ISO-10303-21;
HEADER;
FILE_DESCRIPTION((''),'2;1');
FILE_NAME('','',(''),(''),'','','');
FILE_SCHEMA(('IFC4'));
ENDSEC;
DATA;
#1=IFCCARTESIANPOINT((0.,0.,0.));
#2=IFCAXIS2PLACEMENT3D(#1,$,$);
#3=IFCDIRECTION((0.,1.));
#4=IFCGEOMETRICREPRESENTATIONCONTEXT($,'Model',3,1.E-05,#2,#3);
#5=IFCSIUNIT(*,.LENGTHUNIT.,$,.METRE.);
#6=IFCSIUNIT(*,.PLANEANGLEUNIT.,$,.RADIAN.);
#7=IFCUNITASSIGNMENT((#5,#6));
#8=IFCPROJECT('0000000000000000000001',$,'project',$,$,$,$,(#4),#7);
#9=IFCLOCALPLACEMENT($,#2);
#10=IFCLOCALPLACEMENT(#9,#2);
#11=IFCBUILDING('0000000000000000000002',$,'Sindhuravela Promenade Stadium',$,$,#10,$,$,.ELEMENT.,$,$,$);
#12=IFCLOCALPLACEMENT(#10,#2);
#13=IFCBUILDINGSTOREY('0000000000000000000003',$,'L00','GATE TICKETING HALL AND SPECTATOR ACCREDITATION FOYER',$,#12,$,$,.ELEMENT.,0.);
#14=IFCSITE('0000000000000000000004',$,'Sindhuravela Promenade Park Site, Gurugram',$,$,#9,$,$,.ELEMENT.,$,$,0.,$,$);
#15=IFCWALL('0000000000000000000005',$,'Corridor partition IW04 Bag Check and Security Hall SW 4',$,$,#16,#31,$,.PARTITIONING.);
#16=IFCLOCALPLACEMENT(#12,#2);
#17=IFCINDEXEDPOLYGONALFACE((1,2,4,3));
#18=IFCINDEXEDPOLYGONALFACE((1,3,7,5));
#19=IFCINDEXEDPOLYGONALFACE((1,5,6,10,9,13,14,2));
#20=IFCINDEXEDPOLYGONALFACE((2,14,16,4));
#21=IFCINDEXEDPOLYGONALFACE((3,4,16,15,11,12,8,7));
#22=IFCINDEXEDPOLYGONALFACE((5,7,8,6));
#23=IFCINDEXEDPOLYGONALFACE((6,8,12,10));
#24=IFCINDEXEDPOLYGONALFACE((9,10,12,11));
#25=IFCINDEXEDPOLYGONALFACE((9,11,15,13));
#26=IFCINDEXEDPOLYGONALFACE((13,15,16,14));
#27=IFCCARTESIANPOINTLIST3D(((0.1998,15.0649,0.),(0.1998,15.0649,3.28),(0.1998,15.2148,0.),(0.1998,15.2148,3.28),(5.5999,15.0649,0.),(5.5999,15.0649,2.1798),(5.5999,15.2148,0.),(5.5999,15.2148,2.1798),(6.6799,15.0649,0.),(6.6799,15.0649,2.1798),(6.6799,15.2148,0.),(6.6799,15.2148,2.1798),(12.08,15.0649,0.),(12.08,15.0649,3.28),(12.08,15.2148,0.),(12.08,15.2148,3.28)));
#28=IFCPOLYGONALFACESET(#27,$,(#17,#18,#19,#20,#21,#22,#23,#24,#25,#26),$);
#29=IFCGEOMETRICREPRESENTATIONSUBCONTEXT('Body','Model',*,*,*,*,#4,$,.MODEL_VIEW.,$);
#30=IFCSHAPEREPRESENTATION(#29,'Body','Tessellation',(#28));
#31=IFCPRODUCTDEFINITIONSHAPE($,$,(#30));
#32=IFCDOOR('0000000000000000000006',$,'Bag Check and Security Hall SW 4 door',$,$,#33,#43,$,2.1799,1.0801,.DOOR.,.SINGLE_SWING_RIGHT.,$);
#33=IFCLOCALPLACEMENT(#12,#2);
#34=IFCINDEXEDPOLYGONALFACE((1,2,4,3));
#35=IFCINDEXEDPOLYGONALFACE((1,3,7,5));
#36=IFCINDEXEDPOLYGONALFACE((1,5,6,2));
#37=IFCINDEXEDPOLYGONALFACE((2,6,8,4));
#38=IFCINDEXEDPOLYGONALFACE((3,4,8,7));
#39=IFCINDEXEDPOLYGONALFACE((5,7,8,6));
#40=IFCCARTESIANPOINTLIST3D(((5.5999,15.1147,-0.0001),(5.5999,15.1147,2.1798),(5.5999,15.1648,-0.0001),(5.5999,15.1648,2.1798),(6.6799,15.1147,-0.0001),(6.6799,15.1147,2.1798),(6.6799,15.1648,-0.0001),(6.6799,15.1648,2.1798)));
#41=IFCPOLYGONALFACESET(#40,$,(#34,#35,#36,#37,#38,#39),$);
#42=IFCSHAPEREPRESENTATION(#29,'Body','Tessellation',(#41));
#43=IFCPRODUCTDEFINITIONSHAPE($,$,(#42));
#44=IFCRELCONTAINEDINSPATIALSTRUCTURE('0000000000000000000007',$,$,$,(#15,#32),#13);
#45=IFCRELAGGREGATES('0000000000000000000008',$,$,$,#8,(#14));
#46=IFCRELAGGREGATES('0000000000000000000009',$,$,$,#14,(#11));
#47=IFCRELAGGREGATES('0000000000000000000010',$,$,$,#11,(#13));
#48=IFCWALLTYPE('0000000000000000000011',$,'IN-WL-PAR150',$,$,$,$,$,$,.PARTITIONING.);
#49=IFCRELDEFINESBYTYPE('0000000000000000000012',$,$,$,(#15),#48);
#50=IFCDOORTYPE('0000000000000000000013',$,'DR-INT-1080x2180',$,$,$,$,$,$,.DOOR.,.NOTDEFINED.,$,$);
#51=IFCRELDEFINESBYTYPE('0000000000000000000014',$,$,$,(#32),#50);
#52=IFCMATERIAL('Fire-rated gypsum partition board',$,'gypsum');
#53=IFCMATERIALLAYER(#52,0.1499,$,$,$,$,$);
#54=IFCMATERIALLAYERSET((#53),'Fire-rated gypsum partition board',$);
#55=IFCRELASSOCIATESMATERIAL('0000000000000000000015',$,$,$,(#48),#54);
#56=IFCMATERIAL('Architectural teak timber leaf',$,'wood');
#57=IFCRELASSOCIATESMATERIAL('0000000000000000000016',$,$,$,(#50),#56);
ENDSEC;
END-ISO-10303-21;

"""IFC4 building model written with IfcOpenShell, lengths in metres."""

from ifc_helpers import new_model, si_unit, direction, frame, frame_2d, origin, place, context, subcontext, project, spatial, rectangle, extrude, material, layer, layer_set, type_object, element, fill, save


model = new_model("IFC4")

# Units and contexts
model_context = context("Model", 3, precision=1e-05, world=origin(), true_north=direction((0.0, 1.0)))
body_context = subcontext(model_context, "Body", "Model", "MODEL_VIEW")
ifc_project = project(units=[si_unit("LENGTHUNIT", "METRE"), si_unit("PLANEANGLEUNIT", "RADIAN")], contexts=[model_context])

# Site, building, storey
site_placement = place(None, origin())
site = spatial("IfcSite", under=ifc_project, at=site_placement, Name="Sindhuravela Promenade Park Site, Gurugram", CompositionType="ELEMENT", RefElevation=0.0)
building_placement = place(site_placement, origin())
building = spatial("IfcBuilding", under=site, at=building_placement, Name="Sindhuravela Promenade Stadium", CompositionType="ELEMENT")
storey_placement = place(building_placement, origin())
storey = spatial("IfcBuildingStorey", under=building, at=storey_placement, Name="L00", Description="GATE TICKETING HALL AND SPECTATOR ACCREDITATION FOYER", CompositionType="ELEMENT", Elevation=0.0)

# Wall, opening, door
ifc_material_1 = material(Name="Fire-rated gypsum partition board", Category="gypsum")
ifc_layer_1 = layer(ifc_material_1, 0.1499)
ifc_layer_set_1 = layer_set([ifc_layer_1], Name="Fire-rated gypsum partition board")
wall_type_1 = type_object("IfcWallType", Name="IN-WL-PAR150", PredefinedType="PARTITIONING", material=ifc_layer_set_1)
wall_1_placement = place(storey_placement, frame((0.2, 15.1399, 0.0), z_axis=(0.0, 0.0, 1.0), x_axis=(1.0, 0.0, 0.0)))
wall_1 = element("IfcWall", 1, at=wall_1_placement, inside=storey, type_object=wall_type_1, Name="Corridor partition IW04 Bag Check and Security Hall SW 4", PredefinedType="PARTITIONING", context=body_context, shape_type="SweptSolid", body=[
    extrude(rectangle(XDim=11.8801, YDim=0.1499, at=frame_2d((5.9399, 0.0))), origin(), (0.0, 0.0, 1.0), 3.28),
])
opening_1_placement = place(wall_1_placement, frame((5.3999, 0.0, 0.0)))
opening_1 = element("IfcOpeningElement", 2, at=opening_1_placement, cuts=wall_1, PredefinedType="OPENING", context=body_context, shape_type="SweptSolid", body=[
    extrude(rectangle(XDim=1.0801, YDim=2.1799, at=frame_2d((0.54, 1.0898))), frame((0.0, 0.085, 0.0), z_axis=(0.0, -1.0, 0.0), x_axis=(1.0, 0.0, 0.0)), (0.0, 0.0, 1.0), 0.1699),
])
ifc_material_2 = material(Name="Architectural teak timber leaf", Category="wood")
door_type_1 = type_object("IfcDoorType", Name="DR-INT-1080x2180", OperationType="NOTDEFINED", PredefinedType="DOOR", material=ifc_material_2)
door_1_placement = place(opening_1_placement, origin())
door_1 = element("IfcDoor", 3, at=door_1_placement, inside=storey, type_object=door_type_1, Name="Bag Check and Security Hall SW 4 door", OperationType="SINGLE_SWING_RIGHT", OverallHeight=2.1799, OverallWidth=1.0801, PredefinedType="DOOR", context=body_context, shape_type="SweptSolid", body=[
    extrude(rectangle(XDim=1.0801, YDim=2.1799, at=frame_2d((0.54, 1.0898))), frame((0.0, 0.0249, 0.0), z_axis=(0.0, -1.0, 0.0), x_axis=(1.0, 0.0, 0.0)), (0.0, 0.0, 1.0), 0.05),
])
fill(opening_1, door_1)

save(model, "model.ifc")
